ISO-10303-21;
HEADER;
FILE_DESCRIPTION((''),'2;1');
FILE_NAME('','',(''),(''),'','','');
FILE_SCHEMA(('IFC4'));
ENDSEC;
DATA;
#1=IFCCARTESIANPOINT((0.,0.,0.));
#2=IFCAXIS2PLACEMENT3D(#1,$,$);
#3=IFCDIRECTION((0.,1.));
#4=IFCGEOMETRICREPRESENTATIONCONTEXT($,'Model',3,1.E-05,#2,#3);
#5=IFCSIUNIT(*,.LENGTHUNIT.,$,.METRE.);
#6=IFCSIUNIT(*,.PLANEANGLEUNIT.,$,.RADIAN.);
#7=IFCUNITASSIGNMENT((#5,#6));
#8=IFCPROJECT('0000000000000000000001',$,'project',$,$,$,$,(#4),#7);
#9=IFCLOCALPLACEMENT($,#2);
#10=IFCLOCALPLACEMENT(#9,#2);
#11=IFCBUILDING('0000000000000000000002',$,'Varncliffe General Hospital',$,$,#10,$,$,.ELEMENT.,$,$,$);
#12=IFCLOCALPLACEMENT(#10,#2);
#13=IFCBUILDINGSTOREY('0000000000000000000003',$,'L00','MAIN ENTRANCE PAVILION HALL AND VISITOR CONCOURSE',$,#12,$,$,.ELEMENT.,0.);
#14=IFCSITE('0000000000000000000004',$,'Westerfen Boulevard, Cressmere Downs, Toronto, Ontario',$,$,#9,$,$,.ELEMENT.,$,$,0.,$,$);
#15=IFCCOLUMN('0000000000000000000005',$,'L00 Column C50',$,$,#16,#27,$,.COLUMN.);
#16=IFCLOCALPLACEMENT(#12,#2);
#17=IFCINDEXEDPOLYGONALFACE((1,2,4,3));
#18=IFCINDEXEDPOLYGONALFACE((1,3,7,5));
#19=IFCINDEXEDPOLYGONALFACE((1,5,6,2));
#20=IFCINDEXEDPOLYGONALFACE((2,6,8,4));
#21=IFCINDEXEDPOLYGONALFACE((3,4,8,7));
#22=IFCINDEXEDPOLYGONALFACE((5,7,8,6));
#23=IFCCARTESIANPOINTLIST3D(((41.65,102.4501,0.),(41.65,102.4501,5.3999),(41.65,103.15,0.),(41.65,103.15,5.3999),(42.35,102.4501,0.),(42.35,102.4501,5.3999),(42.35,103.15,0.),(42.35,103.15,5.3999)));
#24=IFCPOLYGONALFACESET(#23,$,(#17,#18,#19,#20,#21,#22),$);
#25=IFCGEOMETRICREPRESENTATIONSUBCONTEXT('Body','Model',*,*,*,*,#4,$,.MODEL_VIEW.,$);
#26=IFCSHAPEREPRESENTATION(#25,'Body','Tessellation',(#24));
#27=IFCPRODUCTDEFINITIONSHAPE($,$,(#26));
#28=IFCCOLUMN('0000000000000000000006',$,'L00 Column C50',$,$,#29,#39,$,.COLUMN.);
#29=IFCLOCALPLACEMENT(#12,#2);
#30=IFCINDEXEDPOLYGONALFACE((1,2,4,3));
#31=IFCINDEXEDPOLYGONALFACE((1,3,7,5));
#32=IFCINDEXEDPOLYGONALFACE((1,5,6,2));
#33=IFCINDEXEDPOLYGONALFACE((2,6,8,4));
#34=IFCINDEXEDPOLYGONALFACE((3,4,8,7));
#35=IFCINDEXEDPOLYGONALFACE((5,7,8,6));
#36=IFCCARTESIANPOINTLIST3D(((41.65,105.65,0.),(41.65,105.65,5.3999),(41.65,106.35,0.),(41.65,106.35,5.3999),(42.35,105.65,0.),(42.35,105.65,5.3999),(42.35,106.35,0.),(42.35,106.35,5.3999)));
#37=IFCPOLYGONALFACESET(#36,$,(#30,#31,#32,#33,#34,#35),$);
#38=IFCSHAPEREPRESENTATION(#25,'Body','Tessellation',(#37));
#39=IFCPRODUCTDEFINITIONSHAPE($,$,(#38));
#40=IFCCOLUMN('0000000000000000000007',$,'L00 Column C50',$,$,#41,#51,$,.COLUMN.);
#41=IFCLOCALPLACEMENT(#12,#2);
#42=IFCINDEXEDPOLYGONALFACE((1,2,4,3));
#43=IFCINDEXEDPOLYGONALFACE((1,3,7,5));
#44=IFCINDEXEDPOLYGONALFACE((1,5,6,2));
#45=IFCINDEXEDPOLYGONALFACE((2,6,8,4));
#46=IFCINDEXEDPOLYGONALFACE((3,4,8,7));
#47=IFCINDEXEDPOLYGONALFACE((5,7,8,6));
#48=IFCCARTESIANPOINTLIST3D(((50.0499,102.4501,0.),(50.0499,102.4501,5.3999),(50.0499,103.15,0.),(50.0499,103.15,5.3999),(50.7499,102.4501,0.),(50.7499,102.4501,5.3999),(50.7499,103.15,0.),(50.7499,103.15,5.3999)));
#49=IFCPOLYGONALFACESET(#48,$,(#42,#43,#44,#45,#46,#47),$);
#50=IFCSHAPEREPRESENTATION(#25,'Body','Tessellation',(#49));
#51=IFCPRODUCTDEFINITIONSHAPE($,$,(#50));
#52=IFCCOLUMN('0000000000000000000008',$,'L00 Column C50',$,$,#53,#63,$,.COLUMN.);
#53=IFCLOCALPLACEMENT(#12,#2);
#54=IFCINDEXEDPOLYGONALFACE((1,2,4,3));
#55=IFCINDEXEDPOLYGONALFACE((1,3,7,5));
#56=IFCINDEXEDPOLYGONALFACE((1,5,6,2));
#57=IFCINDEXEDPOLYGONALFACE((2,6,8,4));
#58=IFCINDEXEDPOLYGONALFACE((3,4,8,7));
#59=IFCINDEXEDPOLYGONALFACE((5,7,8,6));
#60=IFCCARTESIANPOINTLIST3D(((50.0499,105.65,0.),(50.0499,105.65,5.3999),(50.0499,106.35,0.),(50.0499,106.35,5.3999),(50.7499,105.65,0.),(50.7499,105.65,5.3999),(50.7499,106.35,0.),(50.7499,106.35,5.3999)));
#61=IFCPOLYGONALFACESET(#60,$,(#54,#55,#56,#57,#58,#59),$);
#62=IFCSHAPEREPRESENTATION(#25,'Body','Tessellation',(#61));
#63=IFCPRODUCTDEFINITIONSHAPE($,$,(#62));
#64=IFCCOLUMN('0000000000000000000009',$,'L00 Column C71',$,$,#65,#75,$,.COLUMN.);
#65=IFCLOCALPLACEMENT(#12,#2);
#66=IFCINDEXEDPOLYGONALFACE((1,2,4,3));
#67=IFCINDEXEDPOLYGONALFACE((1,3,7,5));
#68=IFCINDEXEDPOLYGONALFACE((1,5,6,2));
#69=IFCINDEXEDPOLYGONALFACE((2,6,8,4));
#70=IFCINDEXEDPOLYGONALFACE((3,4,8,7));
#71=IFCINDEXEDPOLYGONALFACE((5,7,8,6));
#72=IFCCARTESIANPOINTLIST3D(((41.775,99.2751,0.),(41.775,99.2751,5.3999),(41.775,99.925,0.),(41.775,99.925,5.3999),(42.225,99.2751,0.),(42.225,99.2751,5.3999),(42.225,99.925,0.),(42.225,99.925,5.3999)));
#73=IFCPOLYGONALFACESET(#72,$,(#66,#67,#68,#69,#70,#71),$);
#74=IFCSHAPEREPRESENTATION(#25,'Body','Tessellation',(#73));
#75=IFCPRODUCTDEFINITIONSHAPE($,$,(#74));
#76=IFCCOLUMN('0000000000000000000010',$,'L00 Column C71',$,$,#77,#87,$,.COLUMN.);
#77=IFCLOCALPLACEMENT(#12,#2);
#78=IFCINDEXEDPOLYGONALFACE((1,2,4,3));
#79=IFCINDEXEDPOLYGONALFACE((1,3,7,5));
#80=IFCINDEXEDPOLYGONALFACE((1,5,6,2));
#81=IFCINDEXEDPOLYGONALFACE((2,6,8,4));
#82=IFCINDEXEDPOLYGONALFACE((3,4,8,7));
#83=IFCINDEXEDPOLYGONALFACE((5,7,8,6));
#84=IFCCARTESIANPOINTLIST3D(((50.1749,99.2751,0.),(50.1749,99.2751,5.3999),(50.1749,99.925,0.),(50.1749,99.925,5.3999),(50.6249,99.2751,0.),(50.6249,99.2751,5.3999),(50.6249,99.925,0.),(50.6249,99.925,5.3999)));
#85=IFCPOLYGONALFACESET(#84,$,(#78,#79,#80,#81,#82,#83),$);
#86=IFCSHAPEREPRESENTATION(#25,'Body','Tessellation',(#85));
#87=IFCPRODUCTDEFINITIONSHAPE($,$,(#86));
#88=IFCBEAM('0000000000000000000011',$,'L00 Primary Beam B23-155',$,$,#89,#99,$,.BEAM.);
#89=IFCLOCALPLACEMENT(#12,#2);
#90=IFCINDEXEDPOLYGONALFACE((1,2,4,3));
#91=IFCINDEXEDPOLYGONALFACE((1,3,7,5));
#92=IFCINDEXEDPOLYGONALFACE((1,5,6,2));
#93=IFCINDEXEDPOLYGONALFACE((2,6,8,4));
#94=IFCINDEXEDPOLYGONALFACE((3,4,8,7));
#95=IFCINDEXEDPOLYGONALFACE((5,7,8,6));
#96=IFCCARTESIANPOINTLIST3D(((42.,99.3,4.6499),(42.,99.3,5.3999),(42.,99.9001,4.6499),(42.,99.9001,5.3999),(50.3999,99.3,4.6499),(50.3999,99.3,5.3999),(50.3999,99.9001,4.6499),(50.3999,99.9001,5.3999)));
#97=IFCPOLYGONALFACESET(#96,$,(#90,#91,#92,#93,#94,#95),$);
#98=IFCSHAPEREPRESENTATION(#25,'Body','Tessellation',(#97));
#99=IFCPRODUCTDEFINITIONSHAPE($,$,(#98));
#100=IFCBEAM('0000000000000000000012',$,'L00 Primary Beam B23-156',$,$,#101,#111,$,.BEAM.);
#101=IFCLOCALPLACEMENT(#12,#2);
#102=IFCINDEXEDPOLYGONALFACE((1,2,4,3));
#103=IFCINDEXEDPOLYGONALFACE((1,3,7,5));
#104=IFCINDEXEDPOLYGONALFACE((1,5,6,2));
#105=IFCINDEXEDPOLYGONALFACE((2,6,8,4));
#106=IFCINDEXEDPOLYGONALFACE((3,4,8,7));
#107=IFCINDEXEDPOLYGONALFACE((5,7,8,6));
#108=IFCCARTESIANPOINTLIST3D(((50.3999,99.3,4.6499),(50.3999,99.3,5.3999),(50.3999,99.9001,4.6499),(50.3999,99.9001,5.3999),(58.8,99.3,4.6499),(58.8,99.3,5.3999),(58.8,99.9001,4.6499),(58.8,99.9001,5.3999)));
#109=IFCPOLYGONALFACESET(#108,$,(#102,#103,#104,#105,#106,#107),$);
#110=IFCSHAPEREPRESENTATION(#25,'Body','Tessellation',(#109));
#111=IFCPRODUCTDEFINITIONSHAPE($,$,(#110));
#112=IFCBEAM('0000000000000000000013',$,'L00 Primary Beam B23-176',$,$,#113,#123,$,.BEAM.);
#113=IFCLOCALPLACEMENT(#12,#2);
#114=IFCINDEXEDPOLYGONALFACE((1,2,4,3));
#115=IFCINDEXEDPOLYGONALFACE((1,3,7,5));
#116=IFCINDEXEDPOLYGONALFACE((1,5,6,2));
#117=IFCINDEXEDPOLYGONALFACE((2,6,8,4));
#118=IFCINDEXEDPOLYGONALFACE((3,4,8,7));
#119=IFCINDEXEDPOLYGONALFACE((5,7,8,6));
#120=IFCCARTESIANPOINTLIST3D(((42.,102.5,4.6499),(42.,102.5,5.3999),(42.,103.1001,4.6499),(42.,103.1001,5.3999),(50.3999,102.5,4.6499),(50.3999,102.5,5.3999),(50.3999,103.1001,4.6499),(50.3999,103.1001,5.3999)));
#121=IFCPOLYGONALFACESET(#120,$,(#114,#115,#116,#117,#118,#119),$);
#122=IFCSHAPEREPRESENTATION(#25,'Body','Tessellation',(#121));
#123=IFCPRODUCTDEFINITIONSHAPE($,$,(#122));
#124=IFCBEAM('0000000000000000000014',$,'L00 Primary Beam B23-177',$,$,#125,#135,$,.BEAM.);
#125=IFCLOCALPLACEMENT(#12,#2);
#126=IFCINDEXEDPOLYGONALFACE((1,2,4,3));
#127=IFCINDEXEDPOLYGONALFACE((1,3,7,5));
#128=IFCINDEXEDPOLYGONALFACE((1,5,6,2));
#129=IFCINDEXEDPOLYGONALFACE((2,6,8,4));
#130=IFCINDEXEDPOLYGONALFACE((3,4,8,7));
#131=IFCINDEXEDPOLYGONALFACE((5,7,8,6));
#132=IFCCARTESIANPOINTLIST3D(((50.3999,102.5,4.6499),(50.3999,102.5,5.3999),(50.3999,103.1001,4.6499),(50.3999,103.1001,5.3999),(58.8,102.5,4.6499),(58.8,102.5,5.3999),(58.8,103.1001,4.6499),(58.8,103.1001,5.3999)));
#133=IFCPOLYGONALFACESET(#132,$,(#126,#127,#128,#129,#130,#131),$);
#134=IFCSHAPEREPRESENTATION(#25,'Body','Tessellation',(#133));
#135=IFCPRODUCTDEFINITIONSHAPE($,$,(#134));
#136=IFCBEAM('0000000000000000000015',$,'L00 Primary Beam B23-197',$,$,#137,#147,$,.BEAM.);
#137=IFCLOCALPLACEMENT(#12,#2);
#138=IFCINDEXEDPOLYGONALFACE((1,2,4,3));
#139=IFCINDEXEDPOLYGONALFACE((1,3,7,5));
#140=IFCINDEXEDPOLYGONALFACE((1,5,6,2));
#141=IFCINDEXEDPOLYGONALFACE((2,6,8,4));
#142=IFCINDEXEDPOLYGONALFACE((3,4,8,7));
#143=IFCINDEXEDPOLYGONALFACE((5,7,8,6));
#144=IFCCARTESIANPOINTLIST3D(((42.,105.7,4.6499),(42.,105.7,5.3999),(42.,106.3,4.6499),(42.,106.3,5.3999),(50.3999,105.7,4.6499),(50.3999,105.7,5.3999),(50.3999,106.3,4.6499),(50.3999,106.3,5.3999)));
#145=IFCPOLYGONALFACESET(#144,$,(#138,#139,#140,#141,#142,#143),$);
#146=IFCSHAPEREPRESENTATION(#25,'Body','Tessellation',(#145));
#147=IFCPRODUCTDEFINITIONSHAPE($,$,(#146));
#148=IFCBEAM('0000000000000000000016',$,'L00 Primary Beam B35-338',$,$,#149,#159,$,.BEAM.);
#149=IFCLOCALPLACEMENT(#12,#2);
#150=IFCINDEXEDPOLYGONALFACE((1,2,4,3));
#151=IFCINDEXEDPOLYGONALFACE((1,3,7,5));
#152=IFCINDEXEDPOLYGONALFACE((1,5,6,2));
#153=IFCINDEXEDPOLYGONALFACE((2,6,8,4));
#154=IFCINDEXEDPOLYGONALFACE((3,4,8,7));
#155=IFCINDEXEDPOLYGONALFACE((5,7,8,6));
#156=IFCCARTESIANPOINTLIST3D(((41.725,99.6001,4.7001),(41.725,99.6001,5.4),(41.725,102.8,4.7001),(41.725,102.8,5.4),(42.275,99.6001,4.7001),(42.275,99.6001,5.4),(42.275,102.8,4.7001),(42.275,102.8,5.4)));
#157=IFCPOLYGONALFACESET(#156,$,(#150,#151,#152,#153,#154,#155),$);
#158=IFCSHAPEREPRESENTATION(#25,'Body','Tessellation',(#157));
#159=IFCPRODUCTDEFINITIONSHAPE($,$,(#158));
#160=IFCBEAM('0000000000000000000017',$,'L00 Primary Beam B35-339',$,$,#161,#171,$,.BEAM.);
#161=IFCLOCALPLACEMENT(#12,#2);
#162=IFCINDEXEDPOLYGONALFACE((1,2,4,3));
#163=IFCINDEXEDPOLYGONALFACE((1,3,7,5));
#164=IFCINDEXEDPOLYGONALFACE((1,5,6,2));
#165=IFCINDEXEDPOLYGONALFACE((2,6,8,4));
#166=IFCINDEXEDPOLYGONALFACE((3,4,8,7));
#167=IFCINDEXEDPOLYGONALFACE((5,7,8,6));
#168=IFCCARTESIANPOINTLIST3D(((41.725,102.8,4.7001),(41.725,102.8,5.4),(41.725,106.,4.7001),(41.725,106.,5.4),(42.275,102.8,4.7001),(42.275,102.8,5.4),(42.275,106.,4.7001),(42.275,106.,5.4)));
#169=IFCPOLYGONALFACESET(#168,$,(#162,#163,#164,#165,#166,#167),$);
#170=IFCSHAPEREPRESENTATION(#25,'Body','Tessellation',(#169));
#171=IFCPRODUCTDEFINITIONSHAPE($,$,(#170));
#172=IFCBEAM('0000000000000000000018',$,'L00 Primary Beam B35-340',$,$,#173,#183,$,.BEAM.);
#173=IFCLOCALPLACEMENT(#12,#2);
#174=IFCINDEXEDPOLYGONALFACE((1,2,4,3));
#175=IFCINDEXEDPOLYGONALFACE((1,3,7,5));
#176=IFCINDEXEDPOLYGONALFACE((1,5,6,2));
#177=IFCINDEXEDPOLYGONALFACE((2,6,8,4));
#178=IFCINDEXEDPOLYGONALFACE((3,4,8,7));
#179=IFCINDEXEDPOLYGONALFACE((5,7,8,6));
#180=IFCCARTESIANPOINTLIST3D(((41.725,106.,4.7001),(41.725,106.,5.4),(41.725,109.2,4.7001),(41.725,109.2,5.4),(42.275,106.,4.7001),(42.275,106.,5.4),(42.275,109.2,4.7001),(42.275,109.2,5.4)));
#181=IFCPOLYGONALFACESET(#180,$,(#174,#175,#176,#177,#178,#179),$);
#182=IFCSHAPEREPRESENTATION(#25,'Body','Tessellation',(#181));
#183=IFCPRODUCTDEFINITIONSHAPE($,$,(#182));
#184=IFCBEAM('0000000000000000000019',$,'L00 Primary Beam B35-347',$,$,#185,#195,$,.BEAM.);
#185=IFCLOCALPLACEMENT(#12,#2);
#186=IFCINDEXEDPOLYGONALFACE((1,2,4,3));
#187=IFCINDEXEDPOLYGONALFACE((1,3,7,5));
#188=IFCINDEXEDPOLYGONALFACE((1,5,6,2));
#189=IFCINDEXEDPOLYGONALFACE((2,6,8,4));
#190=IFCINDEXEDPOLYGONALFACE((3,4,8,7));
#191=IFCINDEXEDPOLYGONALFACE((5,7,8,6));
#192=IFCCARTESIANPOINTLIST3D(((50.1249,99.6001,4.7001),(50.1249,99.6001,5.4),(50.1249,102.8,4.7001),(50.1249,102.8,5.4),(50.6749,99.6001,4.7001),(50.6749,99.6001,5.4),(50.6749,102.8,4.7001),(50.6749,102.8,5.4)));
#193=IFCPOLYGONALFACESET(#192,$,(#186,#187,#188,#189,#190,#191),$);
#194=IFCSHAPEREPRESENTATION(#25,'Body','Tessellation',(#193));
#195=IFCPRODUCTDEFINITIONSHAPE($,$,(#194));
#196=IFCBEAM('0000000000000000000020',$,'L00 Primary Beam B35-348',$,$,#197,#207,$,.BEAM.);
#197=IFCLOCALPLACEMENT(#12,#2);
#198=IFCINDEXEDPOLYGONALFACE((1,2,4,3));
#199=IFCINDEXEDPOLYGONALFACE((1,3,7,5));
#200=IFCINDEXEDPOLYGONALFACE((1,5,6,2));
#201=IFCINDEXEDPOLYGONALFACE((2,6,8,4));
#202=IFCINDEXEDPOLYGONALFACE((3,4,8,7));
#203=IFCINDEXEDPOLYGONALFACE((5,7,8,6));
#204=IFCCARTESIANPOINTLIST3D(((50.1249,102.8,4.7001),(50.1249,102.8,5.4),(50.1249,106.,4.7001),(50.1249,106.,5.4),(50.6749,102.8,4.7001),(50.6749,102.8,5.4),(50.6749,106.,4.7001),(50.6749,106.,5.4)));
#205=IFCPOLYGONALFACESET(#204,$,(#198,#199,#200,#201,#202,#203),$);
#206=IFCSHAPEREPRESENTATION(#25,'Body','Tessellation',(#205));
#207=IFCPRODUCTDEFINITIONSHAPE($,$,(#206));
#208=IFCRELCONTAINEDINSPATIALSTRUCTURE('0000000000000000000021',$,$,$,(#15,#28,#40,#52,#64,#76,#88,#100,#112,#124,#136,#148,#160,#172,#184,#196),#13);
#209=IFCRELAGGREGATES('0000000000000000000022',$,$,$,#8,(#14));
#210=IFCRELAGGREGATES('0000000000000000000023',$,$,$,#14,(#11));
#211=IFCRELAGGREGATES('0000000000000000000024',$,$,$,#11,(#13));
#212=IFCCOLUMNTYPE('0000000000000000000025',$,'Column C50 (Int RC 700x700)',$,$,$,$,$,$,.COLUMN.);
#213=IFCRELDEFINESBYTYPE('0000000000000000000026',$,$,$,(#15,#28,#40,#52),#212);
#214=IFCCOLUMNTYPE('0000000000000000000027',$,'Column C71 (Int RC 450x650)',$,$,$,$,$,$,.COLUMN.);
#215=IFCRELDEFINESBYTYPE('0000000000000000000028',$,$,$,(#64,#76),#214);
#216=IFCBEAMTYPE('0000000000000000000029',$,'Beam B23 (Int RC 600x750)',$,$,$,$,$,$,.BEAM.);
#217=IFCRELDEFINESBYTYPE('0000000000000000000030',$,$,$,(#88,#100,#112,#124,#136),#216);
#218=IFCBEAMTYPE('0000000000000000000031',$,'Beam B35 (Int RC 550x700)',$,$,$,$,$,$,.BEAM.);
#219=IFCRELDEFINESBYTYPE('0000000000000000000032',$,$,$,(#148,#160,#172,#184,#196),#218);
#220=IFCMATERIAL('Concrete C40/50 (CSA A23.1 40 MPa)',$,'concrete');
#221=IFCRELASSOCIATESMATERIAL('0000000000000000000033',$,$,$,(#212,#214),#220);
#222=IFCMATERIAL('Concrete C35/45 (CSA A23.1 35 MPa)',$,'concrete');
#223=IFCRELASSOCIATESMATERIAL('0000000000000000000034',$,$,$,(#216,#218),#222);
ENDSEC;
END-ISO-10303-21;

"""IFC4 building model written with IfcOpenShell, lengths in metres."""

from ifc_helpers import new_model, si_unit, direction, frame, origin, origin_2d, place, context, subcontext, project, spatial, rectangle, extrude, material, material_profile, profile_set, type_object, element, save


model = new_model("IFC4")

# Units and contexts
model_context = context("Model", 3, precision=1e-05, world=origin(), true_north=direction((0.0, 1.0)))
body_context = subcontext(model_context, "Body", "Model", "MODEL_VIEW")
ifc_project = project(units=[si_unit("LENGTHUNIT", "METRE"), si_unit("PLANEANGLEUNIT", "RADIAN")], contexts=[model_context])

# Site, building, storey
site_placement = place(None, origin())
site = spatial("IfcSite", under=ifc_project, at=site_placement, Name="Westerfen Boulevard, Cressmere Downs, Toronto, Ontario", CompositionType="ELEMENT", RefElevation=0.0)
building_placement = place(site_placement, origin())
building = spatial("IfcBuilding", under=site, at=building_placement, Name="Varncliffe General Hospital", CompositionType="ELEMENT")
storey_placement = place(building_placement, origin())
storey = spatial("IfcBuildingStorey", under=building, at=storey_placement, Name="L00", Description="MAIN ENTRANCE PAVILION HALL AND VISITOR CONCOURSE", CompositionType="ELEMENT", Elevation=0.0)

# Columns
ifc_material_1 = material(Name="Concrete C40/50 (CSA A23.1 40 MPa)", Category="concrete")
ifc_material_profile_1 = material_profile(ifc_material_1, rectangle(XDim=0.7, YDim=0.7, at=origin_2d()), Name="RC 700x700")
ifc_profile_set_1 = profile_set([ifc_material_profile_1], Name="Concrete C40/50 (CSA A23.1 40 MPa)")
column_type_1 = type_object("IfcColumnType", Name="Column C50 (Int RC 700x700)", PredefinedType="COLUMN", material=ifc_profile_set_1)
for number, where, z_axis, x_axis, name in (
    (1, (42.0, 102.8, 0.0), (0.0, 0.0, 1.0), (1.0, 0.0, 0.0), "L00 Column C50"),
    (2, (42.0, 106.0, 0.0), (0.0, 0.0, 1.0), (1.0, 0.0, 0.0), "L00 Column C50"),
    (3, (50.3999, 102.8, 0.0), (0.0, 0.0, 1.0), (1.0, 0.0, 0.0), "L00 Column C50"),
    (4, (50.3999, 106.0, 0.0), (0.0, 0.0, 1.0), (1.0, 0.0, 0.0), "L00 Column C50"),
):
    element("IfcColumn", number, at=place(storey_placement, frame(where, z_axis=z_axis, x_axis=x_axis)), inside=storey, type_object=column_type_1, Name=name, PredefinedType="COLUMN", context=body_context, shape_type="SweptSolid", body=[
        extrude(rectangle(XDim=0.7, YDim=0.7, at=origin_2d()), origin(), (0.0, 0.0, 1.0), 5.3999),
    ])
ifc_material_profile_2 = material_profile(ifc_material_1, rectangle(XDim=0.45, YDim=0.6499, at=origin_2d()), Name="RC 450x650")
ifc_profile_set_2 = profile_set([ifc_material_profile_2], Name="Concrete C40/50 (CSA A23.1 40 MPa)")
column_type_2 = type_object("IfcColumnType", Name="Column C71 (Int RC 450x650)", PredefinedType="COLUMN", material=ifc_profile_set_2)
for number, where, z_axis, x_axis, name in (
    (5, (42.0, 99.6001, 0.0), (0.0, 0.0, 1.0), (1.0, 0.0, 0.0), "L00 Column C71"),
    (6, (50.3999, 99.6001, 0.0), (0.0, 0.0, 1.0), (1.0, 0.0, 0.0), "L00 Column C71"),
):
    element("IfcColumn", number, at=place(storey_placement, frame(where, z_axis=z_axis, x_axis=x_axis)), inside=storey, type_object=column_type_2, Name=name, PredefinedType="COLUMN", context=body_context, shape_type="SweptSolid", body=[
        extrude(rectangle(XDim=0.45, YDim=0.6499, at=origin_2d()), origin(), (0.0, 0.0, 1.0), 5.3999),
    ])

# Beams
ifc_material_2 = material(Name="Concrete C35/45 (CSA A23.1 35 MPa)", Category="concrete")
ifc_material_profile_3 = material_profile(ifc_material_2, rectangle(XDim=0.6001, YDim=0.75, at=origin_2d()), Name="RC 600x750")
ifc_profile_set_3 = profile_set([ifc_material_profile_3], Name="Concrete C35/45 (CSA A23.1 35 MPa)")
beam_type_1 = type_object("IfcBeamType", Name="Beam B23 (Int RC 600x750)", PredefinedType="BEAM", material=ifc_profile_set_3)
beam_1_placement = place(storey_placement, frame((42.0, 99.6001, 5.0249), z_axis=(1.0, 0.0, 0.0), x_axis=(0.0, 1.0, 0.0)))
element("IfcBeam", 7, at=beam_1_placement, inside=storey, type_object=beam_type_1, Name="L00 Primary Beam B23-155", PredefinedType="BEAM", context=body_context, shape_type="SweptSolid", body=[
    extrude(rectangle(XDim=0.6001, YDim=0.75, at=origin_2d()), origin(), (0.0, 0.0, 1.0), 8.3999),
])
beam_2_placement = place(storey_placement, frame((50.3999, 99.6001, 5.0249), z_axis=(1.0, 0.0, 0.0), x_axis=(0.0, 1.0, 0.0)))
element("IfcBeam", 8, at=beam_2_placement, inside=storey, type_object=beam_type_1, Name="L00 Primary Beam B23-156", PredefinedType="BEAM", context=body_context, shape_type="SweptSolid", body=[
    extrude(rectangle(XDim=0.6001, YDim=0.75, at=origin_2d()), origin(), (0.0, 0.0, 1.0), 8.4001),
])
beam_3_placement = place(storey_placement, frame((42.0, 102.8, 5.0249), z_axis=(1.0, 0.0, 0.0), x_axis=(0.0, 1.0, 0.0)))
element("IfcBeam", 9, at=beam_3_placement, inside=storey, type_object=beam_type_1, Name="L00 Primary Beam B23-176", PredefinedType="BEAM", context=body_context, shape_type="SweptSolid", body=[
    extrude(rectangle(XDim=0.6001, YDim=0.75, at=origin_2d()), origin(), (0.0, 0.0, 1.0), 8.3999),
])
beam_4_placement = place(storey_placement, frame((50.3999, 102.8, 5.0249), z_axis=(1.0, 0.0, 0.0), x_axis=(0.0, 1.0, 0.0)))
element("IfcBeam", 10, at=beam_4_placement, inside=storey, type_object=beam_type_1, Name="L00 Primary Beam B23-177", PredefinedType="BEAM", context=body_context, shape_type="SweptSolid", body=[
    extrude(rectangle(XDim=0.6001, YDim=0.75, at=origin_2d()), origin(), (0.0, 0.0, 1.0), 8.4001),
])
beam_5_placement = place(storey_placement, frame((42.0, 106.0, 5.0249), z_axis=(1.0, 0.0, 0.0), x_axis=(0.0, 1.0, 0.0)))
element("IfcBeam", 11, at=beam_5_placement, inside=storey, type_object=beam_type_1, Name="L00 Primary Beam B23-197", PredefinedType="BEAM", context=body_context, shape_type="SweptSolid", body=[
    extrude(rectangle(XDim=0.6001, YDim=0.75, at=origin_2d()), origin(), (0.0, 0.0, 1.0), 8.3999),
])
ifc_material_profile_4 = material_profile(ifc_material_2, rectangle(XDim=0.55, YDim=0.7, at=origin_2d()), Name="RC 550x700")
ifc_profile_set_4 = profile_set([ifc_material_profile_4], Name="Concrete C35/45 (CSA A23.1 35 MPa)")
beam_type_2 = type_object("IfcBeamType", Name="Beam B35 (Int RC 550x700)", PredefinedType="BEAM", material=ifc_profile_set_4)
for number, where, z_axis, x_axis, name in (
    (12, (42.0, 99.6001, 5.05), (0.0, 1.0, 0.0), (-1.0, 0.0, 0.0), "L00 Primary Beam B35-338"),
    (13, (42.0, 102.8, 5.05), (0.0, 1.0, 0.0), (-1.0, 0.0, 0.0), "L00 Primary Beam B35-339"),
    (14, (42.0, 106.0, 5.05), (0.0, 1.0, 0.0), (-1.0, 0.0, 0.0), "L00 Primary Beam B35-340"),
    (15, (50.3999, 99.6001, 5.05), (0.0, 1.0, 0.0), (-1.0, 0.0, 0.0), "L00 Primary Beam B35-347"),
    (16, (50.3999, 102.8, 5.05), (0.0, 1.0, 0.0), (-1.0, 0.0, 0.0), "L00 Primary Beam B35-348"),
):
    element("IfcBeam", number, at=place(storey_placement, frame(where, z_axis=z_axis, x_axis=x_axis)), inside=storey, type_object=beam_type_2, Name=name, PredefinedType="BEAM", context=body_context, shape_type="SweptSolid", body=[
        extrude(rectangle(XDim=0.55, YDim=0.7, at=origin_2d()), origin(), (0.0, 0.0, 1.0), 3.2),
    ])

save(model, "model.ifc")
